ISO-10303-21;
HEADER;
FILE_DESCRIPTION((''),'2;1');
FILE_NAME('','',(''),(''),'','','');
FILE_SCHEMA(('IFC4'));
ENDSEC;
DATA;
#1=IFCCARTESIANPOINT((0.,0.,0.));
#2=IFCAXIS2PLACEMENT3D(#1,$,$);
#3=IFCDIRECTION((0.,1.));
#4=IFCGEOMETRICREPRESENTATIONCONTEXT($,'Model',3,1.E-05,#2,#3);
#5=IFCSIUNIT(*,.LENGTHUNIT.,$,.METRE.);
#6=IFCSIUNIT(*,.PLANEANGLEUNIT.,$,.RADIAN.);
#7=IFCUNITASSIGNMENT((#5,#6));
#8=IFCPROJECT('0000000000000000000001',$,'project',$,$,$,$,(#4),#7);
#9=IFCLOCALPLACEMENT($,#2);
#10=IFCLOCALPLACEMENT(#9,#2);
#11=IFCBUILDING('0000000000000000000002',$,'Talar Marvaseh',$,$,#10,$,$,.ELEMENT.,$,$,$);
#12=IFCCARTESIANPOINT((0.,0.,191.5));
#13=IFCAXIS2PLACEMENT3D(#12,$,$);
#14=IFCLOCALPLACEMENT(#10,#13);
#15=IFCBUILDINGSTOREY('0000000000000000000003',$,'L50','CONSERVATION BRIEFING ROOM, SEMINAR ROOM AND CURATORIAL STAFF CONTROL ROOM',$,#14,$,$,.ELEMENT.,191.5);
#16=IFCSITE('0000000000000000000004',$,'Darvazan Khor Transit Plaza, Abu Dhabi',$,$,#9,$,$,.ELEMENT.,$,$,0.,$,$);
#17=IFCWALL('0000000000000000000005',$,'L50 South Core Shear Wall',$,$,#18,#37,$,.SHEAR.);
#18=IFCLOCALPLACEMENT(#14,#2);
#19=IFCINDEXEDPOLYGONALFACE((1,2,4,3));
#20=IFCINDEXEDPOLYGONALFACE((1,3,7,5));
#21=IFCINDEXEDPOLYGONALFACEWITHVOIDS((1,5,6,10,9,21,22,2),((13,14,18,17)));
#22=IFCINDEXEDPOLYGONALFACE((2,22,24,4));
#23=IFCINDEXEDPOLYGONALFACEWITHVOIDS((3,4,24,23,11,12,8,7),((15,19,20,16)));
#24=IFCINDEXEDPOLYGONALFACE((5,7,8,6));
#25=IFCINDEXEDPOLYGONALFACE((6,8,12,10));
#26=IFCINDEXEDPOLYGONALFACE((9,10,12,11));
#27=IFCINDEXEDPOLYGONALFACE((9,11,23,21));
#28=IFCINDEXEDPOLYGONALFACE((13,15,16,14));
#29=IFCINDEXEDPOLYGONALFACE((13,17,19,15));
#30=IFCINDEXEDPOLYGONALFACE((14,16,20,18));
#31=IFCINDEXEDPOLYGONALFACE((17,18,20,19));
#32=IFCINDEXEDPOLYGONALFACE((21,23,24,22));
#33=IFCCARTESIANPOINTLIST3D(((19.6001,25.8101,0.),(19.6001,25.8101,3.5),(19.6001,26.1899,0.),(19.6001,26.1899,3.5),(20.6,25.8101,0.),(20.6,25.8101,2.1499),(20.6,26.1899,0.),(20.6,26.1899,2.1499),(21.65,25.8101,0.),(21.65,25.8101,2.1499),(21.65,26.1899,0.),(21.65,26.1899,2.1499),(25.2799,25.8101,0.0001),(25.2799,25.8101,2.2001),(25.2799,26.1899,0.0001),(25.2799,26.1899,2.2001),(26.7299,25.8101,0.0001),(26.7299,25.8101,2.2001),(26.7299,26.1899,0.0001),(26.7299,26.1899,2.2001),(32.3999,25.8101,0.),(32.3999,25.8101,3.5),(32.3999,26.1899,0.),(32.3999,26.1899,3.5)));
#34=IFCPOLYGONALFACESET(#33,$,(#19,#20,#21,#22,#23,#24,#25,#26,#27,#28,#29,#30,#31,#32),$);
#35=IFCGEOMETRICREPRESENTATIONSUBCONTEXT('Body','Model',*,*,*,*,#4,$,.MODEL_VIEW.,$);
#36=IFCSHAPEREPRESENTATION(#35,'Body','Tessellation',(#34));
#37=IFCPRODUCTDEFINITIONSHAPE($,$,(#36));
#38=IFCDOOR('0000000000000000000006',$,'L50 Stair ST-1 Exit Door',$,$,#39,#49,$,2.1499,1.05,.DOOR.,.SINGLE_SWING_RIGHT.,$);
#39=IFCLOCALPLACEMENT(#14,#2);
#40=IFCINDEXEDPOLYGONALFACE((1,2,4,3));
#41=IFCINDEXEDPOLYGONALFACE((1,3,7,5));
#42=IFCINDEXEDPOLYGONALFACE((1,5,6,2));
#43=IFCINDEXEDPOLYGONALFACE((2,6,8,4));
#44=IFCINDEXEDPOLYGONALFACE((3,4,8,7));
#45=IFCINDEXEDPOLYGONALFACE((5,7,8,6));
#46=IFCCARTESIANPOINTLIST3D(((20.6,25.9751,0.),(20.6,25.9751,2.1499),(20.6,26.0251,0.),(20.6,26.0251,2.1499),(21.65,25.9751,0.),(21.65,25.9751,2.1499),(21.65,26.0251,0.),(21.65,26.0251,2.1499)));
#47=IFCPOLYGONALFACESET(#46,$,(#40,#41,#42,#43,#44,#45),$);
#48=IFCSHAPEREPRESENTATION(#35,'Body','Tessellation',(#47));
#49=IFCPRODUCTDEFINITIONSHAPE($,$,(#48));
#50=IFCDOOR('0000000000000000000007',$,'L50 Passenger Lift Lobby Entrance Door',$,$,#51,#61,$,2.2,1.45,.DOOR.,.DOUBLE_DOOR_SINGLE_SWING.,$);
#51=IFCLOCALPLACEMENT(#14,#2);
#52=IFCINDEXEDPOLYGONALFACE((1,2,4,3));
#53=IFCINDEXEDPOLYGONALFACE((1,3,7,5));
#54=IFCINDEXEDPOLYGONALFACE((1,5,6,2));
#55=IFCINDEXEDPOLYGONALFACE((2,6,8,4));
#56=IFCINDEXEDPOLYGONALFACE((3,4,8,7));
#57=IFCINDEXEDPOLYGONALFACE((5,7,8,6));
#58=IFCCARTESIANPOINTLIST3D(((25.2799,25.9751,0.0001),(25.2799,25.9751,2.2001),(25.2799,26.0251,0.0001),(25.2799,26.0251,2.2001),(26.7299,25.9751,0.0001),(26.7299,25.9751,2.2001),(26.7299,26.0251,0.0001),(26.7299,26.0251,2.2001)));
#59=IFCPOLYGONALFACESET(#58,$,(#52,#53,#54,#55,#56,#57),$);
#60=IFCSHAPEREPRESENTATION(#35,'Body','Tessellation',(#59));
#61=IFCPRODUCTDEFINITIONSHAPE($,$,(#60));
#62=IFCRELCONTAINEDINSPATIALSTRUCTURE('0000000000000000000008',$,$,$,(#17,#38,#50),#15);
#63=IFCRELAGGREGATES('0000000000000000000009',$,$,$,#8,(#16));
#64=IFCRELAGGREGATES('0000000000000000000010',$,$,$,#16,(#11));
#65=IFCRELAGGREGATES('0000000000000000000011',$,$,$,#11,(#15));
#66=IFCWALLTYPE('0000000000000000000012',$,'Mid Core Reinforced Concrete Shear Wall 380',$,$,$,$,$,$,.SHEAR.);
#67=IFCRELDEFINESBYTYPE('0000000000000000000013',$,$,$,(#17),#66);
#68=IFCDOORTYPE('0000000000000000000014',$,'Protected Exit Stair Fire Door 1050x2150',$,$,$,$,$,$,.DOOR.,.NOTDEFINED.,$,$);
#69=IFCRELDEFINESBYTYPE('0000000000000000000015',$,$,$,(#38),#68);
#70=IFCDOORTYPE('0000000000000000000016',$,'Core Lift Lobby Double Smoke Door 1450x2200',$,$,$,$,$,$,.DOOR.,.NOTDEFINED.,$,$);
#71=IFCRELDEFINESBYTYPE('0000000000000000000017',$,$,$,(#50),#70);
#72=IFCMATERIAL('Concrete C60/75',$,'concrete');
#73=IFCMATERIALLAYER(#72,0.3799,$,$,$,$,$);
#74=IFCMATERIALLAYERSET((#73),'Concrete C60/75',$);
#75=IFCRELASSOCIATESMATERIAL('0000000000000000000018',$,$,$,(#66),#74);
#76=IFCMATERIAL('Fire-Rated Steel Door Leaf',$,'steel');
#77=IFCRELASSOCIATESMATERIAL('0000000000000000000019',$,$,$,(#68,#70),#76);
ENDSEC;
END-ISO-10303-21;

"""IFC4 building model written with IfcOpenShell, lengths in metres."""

from ifc_helpers import new_model, si_unit, direction, frame, frame_2d, origin, place, context, subcontext, project, spatial, rectangle, extrude, source, transform, mapped, material, layer, layer_set, type_object, type_shapes, element, fill, save


model = new_model("IFC4")

# Units and contexts
model_context = context("Model", 3, precision=1e-05, world=origin(), true_north=direction((0.0, 1.0)))
body_context = subcontext(model_context, "Body", "Model", "MODEL_VIEW")
ifc_project = project(units=[si_unit("LENGTHUNIT", "METRE"), si_unit("PLANEANGLEUNIT", "RADIAN")], contexts=[model_context])

# Site, building, storey
site_placement = place(None, origin())
site = spatial("IfcSite", under=ifc_project, at=site_placement, Name="Darvazan Khor Transit Plaza, Abu Dhabi", CompositionType="ELEMENT", RefElevation=0.0)
building_placement = place(site_placement, origin())
building = spatial("IfcBuilding", under=site, at=building_placement, Name="Talar Marvaseh", CompositionType="ELEMENT")
storey_placement = place(building_placement, frame((0.0, 0.0, 191.5)))
storey = spatial("IfcBuildingStorey", under=building, at=storey_placement, Name="L50", Description="CONSERVATION BRIEFING ROOM, SEMINAR ROOM AND CURATORIAL STAFF CONTROL ROOM", CompositionType="ELEMENT", Elevation=191.5)

# Shared definitions
ifc_material_1 = material(Name="Concrete C60/75", Category="concrete")

# Wall, openings, doors
ifc_layer_1 = layer(ifc_material_1, 0.3799)
ifc_layer_set_1 = layer_set([ifc_layer_1], Name="Concrete C60/75")
wall_type_1 = type_object("IfcWallType", Name="Mid Core Reinforced Concrete Shear Wall 380", PredefinedType="SHEAR", material=ifc_layer_set_1)
wall_1_placement = place(storey_placement, frame((32.3999, 26.0, 0.0), z_axis=(0.0, 0.0, 1.0), x_axis=(-1.0, 0.0, 0.0)))
wall_1 = element("IfcWall", 1, at=wall_1_placement, inside=storey, type_object=wall_type_1, Name="L50 South Core Shear Wall", PredefinedType="SHEAR", context=body_context, shape_type="SweptSolid", body=[
    extrude(rectangle(XDim=12.7998, YDim=0.3799, at=frame_2d((6.3999, 0.0))), origin(), (0.0, 0.0, 1.0), 3.5),
])
opening_1_placement = place(wall_1_placement, frame((10.75, 0.0, 0.0)))
opening_1 = element("IfcOpeningElement", 2, at=opening_1_placement, cuts=wall_1, PredefinedType="OPENING", context=body_context, shape_type="SweptSolid", body=[
    extrude(rectangle(XDim=1.05, YDim=2.1499, at=frame_2d((0.5249, 1.075))), frame((0.0, 0.2, 0.0), z_axis=(0.0, -1.0, 0.0), x_axis=(1.0, 0.0, 0.0)), (0.0, 0.0, 1.0), 0.3999),
])
opening_2_placement = place(wall_1_placement, frame((5.6699, 0.0, 0.0)))
opening_2 = element("IfcOpeningElement", 3, at=opening_2_placement, cuts=wall_1, PredefinedType="OPENING", context=body_context, shape_type="SweptSolid", body=[
    extrude(rectangle(XDim=1.45, YDim=2.2, at=frame_2d((0.7251, 1.1001))), frame((0.0, 0.2, 0.0), z_axis=(0.0, -1.0, 0.0), x_axis=(1.0, 0.0, 0.0)), (0.0, 0.0, 1.0), 0.3999),
])
ifc_material_2 = material(Name="Fire-Rated Steel Door Leaf", Category="steel")
door_type_1 = type_object("IfcDoorType", Name="Protected Exit Stair Fire Door 1050x2150", OperationType="NOTDEFINED", PredefinedType="DOOR", material=ifc_material_2)
shared_shape_1 = source(origin(), body_context, "Body", "SweptSolid", [
    extrude(rectangle(XDim=1.05, YDim=2.1499, at=frame_2d((0.5249, 1.075))), frame((0.0, 0.0249, 0.0), z_axis=(0.0, -1.0, 0.0), x_axis=(1.0, 0.0, 0.0)), (0.0, 0.0, 1.0), 0.05),
])
type_shapes(door_type_1, [shared_shape_1])
door_1_placement = place(opening_1_placement, origin())
door_1 = element("IfcDoor", 4, at=door_1_placement, inside=storey, type_object=door_type_1, Name="L50 Stair ST-1 Exit Door", OperationType="SINGLE_SWING_RIGHT", OverallHeight=2.1499, OverallWidth=1.05, PredefinedType="DOOR", context=body_context, shape_type="MappedRepresentation", body=[
    mapped(shared_shape_1, transform((0.0, 0.0, 0.0), x_axis=(1.0, 0.0, 0.0), y_axis=(0.0, 1.0, 0.0), z_axis=(0.0, 0.0, 1.0), scale=1.0)),
])
fill(opening_1, door_1)
door_type_2 = type_object("IfcDoorType", Name="Core Lift Lobby Double Smoke Door 1450x2200", OperationType="NOTDEFINED", PredefinedType="DOOR", material=ifc_material_2)
shared_shape_2 = source(origin(), body_context, "Body", "SweptSolid", [
    extrude(rectangle(XDim=1.45, YDim=2.2, at=frame_2d((0.7251, 1.1001))), frame((0.0, 0.0249, 0.0), z_axis=(0.0, -1.0, 0.0), x_axis=(1.0, 0.0, 0.0)), (0.0, 0.0, 1.0), 0.05),
])
type_shapes(door_type_2, [shared_shape_2])
door_2_placement = place(opening_2_placement, origin())
door_2 = element("IfcDoor", 5, at=door_2_placement, inside=storey, type_object=door_type_2, Name="L50 Passenger Lift Lobby Entrance Door", OperationType="DOUBLE_DOOR_SINGLE_SWING", OverallHeight=2.2, OverallWidth=1.45, PredefinedType="DOOR", context=body_context, shape_type="MappedRepresentation", body=[
    mapped(shared_shape_2, transform((0.0, 0.0, 0.0), x_axis=(1.0, 0.0, 0.0), y_axis=(0.0, 1.0, 0.0), z_axis=(0.0, 0.0, 1.0), scale=1.0)),
])
fill(opening_2, door_2)

save(model, "model.ifc")
